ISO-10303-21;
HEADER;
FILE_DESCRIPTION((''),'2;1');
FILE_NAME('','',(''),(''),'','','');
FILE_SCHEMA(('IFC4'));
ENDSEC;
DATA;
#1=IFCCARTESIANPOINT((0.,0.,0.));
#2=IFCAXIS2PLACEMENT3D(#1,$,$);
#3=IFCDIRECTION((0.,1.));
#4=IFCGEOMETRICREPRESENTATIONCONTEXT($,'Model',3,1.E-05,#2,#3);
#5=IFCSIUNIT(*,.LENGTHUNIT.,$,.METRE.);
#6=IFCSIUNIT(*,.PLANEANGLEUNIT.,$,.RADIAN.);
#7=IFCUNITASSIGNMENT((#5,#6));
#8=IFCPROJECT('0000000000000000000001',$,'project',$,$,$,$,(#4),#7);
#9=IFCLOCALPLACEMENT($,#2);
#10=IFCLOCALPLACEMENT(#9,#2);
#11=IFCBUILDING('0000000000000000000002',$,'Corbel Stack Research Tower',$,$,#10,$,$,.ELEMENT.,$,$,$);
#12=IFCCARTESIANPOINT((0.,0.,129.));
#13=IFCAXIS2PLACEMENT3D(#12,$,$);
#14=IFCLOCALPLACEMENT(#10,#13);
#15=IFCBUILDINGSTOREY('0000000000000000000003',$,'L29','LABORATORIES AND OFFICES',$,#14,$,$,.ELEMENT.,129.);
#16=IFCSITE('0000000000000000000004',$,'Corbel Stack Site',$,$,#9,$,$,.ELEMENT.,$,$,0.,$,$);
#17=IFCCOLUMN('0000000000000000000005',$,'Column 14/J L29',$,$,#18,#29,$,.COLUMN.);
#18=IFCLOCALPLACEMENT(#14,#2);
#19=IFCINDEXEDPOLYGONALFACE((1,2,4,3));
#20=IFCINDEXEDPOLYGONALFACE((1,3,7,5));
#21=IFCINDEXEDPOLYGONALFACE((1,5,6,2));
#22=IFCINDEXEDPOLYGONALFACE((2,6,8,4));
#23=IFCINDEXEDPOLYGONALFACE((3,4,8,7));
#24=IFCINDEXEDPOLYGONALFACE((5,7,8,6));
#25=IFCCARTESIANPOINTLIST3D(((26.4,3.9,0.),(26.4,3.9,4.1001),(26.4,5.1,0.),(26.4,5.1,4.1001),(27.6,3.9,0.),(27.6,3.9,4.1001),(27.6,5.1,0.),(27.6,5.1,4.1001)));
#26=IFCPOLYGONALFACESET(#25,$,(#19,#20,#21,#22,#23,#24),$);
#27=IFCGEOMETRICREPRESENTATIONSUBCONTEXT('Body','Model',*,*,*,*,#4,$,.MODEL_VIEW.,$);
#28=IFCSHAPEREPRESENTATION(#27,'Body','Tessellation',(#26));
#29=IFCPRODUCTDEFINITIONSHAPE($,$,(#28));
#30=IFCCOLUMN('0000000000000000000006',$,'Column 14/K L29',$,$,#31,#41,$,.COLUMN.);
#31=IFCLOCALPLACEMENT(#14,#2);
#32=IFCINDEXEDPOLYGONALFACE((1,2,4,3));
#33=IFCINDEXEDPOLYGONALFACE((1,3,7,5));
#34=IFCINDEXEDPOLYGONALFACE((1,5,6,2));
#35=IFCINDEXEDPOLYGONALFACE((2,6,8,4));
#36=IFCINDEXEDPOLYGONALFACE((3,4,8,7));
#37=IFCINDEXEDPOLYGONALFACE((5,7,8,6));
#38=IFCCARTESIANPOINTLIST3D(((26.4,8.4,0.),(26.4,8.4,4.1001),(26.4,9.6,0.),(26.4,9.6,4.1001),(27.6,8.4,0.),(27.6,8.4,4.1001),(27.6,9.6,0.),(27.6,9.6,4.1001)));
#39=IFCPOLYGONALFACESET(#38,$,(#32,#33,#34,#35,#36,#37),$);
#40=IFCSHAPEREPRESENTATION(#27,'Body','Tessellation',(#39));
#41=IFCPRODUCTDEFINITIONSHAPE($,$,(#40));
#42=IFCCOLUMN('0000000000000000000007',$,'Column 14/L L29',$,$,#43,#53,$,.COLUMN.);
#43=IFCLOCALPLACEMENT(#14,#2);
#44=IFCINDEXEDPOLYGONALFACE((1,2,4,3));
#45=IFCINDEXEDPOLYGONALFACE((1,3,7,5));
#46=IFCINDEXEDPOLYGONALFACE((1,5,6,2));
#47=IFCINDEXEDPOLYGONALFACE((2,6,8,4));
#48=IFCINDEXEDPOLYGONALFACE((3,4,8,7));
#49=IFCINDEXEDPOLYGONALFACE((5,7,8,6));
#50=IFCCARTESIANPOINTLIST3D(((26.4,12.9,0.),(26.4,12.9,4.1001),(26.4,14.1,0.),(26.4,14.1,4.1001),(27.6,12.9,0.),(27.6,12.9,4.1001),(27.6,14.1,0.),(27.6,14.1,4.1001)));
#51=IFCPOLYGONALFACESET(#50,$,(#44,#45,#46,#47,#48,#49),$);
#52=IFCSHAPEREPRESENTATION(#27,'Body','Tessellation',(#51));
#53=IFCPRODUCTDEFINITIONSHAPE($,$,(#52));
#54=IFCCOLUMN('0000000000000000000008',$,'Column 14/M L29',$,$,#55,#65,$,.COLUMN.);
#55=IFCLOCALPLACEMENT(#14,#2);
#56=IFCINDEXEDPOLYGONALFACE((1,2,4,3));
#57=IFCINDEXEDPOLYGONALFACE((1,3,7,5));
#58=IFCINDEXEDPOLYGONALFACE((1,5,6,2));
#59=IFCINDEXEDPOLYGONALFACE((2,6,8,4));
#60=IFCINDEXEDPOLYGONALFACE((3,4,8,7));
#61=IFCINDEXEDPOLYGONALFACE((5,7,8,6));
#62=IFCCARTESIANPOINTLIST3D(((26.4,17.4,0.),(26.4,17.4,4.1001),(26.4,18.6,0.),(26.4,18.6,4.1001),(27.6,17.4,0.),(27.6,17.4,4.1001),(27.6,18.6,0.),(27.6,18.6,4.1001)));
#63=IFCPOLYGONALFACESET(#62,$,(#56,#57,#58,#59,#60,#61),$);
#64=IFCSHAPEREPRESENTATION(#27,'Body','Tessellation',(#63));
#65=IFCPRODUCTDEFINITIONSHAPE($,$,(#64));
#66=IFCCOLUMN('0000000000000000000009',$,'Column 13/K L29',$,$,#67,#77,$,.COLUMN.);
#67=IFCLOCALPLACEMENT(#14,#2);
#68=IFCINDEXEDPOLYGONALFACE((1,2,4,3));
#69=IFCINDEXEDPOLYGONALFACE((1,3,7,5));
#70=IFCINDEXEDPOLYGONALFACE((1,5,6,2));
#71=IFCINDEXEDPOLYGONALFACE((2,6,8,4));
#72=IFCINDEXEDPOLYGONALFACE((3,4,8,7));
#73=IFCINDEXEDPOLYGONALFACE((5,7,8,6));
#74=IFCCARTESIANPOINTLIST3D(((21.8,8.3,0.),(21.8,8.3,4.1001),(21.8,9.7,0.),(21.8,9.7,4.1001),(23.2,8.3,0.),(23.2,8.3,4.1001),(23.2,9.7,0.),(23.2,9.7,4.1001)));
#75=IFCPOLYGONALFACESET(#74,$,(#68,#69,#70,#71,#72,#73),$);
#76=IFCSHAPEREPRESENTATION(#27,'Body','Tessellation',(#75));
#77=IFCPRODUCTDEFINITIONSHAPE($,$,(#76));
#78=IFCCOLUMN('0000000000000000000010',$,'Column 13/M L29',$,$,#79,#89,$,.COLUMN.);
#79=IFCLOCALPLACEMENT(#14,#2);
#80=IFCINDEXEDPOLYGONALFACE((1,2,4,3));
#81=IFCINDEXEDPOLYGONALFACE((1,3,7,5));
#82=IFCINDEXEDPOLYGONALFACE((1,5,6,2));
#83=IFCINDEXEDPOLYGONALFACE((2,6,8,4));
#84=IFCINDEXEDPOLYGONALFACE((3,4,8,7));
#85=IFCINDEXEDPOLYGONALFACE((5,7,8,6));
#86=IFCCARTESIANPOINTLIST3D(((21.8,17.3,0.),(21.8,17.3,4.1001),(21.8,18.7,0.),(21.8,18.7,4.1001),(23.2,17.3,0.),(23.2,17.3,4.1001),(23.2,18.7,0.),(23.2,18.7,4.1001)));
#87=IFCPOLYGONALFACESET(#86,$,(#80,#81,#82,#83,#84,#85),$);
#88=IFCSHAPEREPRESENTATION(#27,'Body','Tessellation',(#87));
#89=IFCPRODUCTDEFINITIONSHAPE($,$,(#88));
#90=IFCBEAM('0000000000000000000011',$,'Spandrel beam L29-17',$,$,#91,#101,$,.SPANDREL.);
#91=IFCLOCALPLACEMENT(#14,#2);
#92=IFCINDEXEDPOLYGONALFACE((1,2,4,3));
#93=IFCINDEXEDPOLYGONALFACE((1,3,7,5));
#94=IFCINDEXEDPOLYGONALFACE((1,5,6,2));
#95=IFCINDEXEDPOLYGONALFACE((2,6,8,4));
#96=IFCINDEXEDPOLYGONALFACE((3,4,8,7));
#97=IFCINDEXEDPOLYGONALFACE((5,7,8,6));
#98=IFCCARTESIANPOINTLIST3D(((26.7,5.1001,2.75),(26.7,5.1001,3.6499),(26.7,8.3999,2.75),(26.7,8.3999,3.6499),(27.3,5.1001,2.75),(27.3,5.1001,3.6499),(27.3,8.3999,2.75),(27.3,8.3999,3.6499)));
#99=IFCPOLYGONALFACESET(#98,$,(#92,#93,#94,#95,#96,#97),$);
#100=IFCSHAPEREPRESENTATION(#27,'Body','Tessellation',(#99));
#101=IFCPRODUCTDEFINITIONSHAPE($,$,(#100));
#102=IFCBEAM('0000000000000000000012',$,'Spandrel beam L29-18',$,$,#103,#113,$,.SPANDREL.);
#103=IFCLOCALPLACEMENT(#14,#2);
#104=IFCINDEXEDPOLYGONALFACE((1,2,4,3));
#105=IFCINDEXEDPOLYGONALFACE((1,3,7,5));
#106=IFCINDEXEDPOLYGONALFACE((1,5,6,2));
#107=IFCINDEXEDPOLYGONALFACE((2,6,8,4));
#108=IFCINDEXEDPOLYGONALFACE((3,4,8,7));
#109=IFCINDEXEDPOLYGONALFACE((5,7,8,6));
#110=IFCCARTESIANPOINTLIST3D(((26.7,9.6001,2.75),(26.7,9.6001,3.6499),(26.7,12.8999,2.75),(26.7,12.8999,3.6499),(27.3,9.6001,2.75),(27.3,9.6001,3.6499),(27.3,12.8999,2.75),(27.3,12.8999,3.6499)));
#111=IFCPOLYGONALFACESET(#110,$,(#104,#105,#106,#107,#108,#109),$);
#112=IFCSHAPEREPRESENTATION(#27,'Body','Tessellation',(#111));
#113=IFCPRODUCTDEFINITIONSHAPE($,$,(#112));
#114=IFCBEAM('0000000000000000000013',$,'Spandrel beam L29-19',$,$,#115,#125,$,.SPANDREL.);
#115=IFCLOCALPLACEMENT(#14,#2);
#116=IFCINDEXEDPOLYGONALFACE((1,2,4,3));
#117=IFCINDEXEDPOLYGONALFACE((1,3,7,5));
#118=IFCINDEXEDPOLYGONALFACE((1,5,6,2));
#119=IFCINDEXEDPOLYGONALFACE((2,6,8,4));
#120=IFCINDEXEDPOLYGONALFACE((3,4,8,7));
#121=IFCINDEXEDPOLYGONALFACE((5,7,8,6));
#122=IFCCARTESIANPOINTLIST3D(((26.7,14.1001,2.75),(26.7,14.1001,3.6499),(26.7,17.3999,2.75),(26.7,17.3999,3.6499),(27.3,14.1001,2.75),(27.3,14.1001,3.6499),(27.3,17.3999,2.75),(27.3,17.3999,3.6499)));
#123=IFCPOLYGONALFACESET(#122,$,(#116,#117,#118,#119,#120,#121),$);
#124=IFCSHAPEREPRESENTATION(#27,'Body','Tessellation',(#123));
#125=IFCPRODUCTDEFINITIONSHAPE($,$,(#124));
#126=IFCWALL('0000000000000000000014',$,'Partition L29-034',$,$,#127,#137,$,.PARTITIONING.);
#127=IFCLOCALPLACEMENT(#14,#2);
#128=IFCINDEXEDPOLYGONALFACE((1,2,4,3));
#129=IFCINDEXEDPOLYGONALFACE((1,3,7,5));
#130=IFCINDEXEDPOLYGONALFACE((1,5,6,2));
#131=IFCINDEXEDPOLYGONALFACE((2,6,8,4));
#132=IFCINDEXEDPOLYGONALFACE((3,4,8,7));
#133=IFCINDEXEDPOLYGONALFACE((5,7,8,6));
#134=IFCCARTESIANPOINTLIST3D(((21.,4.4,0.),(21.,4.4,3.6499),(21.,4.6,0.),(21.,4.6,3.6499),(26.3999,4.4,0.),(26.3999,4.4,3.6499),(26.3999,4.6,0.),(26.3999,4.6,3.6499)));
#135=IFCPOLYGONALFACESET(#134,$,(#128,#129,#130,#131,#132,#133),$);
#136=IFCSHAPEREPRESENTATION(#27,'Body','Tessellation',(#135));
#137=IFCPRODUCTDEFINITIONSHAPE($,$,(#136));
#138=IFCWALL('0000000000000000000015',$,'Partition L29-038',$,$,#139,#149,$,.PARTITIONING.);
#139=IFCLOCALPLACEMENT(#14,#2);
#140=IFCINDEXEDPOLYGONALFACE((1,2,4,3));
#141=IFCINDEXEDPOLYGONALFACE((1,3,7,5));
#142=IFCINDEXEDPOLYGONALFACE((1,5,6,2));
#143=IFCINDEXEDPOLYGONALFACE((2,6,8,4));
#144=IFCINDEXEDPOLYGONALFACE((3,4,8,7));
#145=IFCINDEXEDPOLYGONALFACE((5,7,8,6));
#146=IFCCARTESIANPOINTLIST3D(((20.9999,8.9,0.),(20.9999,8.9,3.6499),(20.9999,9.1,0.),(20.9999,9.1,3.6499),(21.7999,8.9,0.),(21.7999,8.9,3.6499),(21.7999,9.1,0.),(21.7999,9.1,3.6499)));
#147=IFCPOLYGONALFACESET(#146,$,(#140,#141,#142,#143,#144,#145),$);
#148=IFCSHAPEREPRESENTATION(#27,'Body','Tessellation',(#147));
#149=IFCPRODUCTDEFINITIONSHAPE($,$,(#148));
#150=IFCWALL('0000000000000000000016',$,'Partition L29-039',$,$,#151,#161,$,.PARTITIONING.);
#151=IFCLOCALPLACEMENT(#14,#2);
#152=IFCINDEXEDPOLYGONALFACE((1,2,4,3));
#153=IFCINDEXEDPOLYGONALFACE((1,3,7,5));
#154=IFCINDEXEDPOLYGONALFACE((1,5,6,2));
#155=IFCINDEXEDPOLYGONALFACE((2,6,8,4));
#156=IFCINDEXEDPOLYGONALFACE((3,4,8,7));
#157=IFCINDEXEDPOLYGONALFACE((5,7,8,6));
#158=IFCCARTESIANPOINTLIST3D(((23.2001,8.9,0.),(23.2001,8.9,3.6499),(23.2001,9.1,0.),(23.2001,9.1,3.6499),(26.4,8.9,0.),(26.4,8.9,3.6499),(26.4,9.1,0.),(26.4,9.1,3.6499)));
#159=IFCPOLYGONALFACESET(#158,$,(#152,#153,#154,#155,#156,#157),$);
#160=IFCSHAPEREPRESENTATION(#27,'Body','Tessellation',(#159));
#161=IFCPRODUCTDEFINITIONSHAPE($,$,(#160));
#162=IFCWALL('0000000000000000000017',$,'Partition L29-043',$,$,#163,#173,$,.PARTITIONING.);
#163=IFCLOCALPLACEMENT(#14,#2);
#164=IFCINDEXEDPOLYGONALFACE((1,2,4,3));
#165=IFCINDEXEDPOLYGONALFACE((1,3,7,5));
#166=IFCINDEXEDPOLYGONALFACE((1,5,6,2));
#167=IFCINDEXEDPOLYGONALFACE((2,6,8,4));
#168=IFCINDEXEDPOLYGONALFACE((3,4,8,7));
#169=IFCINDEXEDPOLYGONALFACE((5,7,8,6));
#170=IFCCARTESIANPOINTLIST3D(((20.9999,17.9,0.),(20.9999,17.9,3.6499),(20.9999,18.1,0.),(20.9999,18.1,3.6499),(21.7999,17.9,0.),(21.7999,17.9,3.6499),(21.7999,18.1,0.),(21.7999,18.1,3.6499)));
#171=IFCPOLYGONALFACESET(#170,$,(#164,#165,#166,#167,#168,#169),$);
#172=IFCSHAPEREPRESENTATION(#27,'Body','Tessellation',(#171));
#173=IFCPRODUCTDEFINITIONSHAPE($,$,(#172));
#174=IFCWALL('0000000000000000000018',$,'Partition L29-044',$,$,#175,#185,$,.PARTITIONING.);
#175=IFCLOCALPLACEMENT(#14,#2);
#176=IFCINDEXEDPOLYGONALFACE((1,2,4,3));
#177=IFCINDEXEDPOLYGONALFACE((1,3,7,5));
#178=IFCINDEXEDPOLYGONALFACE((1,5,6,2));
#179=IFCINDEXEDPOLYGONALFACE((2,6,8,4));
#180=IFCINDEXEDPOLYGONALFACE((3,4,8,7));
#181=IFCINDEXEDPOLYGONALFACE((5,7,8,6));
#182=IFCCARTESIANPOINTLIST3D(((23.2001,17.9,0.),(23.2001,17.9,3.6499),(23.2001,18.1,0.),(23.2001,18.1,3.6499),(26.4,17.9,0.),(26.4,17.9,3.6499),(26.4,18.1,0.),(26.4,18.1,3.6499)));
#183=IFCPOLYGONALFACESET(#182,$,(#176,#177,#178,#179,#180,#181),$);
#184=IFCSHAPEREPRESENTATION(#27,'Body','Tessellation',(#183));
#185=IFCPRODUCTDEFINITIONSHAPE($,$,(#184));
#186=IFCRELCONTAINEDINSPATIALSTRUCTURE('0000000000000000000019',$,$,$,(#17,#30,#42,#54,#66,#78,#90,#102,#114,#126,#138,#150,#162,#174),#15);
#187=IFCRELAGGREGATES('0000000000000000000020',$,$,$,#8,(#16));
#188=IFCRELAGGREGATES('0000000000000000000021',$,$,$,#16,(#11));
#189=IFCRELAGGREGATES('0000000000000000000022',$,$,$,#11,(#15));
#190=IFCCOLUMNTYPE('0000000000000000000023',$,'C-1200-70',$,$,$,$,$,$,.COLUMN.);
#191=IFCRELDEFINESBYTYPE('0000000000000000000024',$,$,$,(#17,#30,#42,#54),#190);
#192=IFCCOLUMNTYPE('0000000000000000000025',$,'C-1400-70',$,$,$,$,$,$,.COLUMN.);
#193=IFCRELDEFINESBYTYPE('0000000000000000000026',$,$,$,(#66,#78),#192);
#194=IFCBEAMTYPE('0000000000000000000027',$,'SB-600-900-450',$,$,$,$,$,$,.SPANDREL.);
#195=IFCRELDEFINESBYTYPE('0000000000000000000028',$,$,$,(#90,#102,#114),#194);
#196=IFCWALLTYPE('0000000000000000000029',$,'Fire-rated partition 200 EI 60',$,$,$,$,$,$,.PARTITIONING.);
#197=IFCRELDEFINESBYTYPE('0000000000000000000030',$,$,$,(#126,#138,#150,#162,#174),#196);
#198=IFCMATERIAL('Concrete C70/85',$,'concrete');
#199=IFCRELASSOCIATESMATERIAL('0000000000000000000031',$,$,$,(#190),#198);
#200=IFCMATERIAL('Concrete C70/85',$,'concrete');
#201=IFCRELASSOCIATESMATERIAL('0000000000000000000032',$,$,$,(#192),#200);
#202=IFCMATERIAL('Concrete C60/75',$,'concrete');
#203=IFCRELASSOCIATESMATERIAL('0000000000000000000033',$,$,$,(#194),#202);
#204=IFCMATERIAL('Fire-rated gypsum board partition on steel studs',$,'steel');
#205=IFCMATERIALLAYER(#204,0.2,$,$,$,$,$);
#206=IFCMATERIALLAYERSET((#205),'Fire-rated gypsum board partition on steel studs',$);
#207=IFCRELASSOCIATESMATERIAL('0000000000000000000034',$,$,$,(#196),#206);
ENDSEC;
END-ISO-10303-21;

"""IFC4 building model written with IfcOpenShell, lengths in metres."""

from ifc_helpers import new_model, si_unit, direction, frame, frame_2d, origin, origin_2d, place, context, subcontext, project, spatial, rectangle, extrude, material, layer, layer_set, material_profile, profile_set, type_object, element, save


model = new_model("IFC4")

# Units and contexts
model_context = context("Model", 3, precision=1e-05, world=origin(), true_north=direction((0.0, 1.0)))
body_context = subcontext(model_context, "Body", "Model", "MODEL_VIEW")
ifc_project = project(units=[si_unit("LENGTHUNIT", "METRE"), si_unit("PLANEANGLEUNIT", "RADIAN")], contexts=[model_context])

# Site, building, storey
site_placement = place(None, origin())
site = spatial("IfcSite", under=ifc_project, at=site_placement, Name="Corbel Stack Site", CompositionType="ELEMENT", RefElevation=0.0)
building_placement = place(site_placement, origin())
building = spatial("IfcBuilding", under=site, at=building_placement, Name="Corbel Stack Research Tower", CompositionType="ELEMENT")
storey_placement = place(building_placement, frame((0.0, 0.0, 129.0)))
storey = spatial("IfcBuildingStorey", under=building, at=storey_placement, Name="L29", Description="LABORATORIES AND OFFICES", CompositionType="ELEMENT", Elevation=129.0)

# Columns
ifc_material_1 = material(Name="Concrete C70/85", Category="concrete")
ifc_material_profile_1 = material_profile(ifc_material_1, rectangle(XDim=1.2, YDim=1.2, at=origin_2d()), Name="RC 1200 x 1200")
ifc_profile_set_1 = profile_set([ifc_material_profile_1], Name="Concrete C70/85")
column_type_1 = type_object("IfcColumnType", Name="C-1200-70", PredefinedType="COLUMN", material=ifc_profile_set_1)
for number, where, z_axis, x_axis, name in (
    (1, (27.0, 4.5, 0.0), (0.0, 0.0, 1.0), (1.0, 0.0, 0.0), "Column 14/J L29"),
    (2, (27.0, 9.0, 0.0), (0.0, 0.0, 1.0), (1.0, 0.0, 0.0), "Column 14/K L29"),
    (3, (27.0, 13.5, 0.0), (0.0, 0.0, 1.0), (1.0, 0.0, 0.0), "Column 14/L L29"),
    (4, (27.0, 18.0, 0.0), (0.0, 0.0, 1.0), (1.0, 0.0, 0.0), "Column 14/M L29"),
):
    element("IfcColumn", number, at=place(storey_placement, frame(where, z_axis=z_axis, x_axis=x_axis)), inside=storey, type_object=column_type_1, Name=name, PredefinedType="COLUMN", context=body_context, shape_type="SweptSolid", body=[
        extrude(rectangle(XDim=1.2, YDim=1.2, at=origin_2d()), origin(), (0.0, 0.0, 1.0), 4.1001),
    ])
ifc_material_2 = material(Name="Concrete C70/85", Category="concrete")
ifc_material_profile_2 = material_profile(ifc_material_2, rectangle(XDim=1.3999, YDim=1.3999, at=origin_2d()), Name="RC 1400 x 1400")
ifc_profile_set_2 = profile_set([ifc_material_profile_2], Name="Concrete C70/85")
column_type_2 = type_object("IfcColumnType", Name="C-1400-70", PredefinedType="COLUMN", material=ifc_profile_set_2)
for number, where, z_axis, x_axis, name in (
    (5, (22.5, 9.0, 0.0), (0.0, 0.0, 1.0), (1.0, 0.0, 0.0), "Column 13/K L29"),
    (6, (22.5, 18.0, 0.0), (0.0, 0.0, 1.0), (1.0, 0.0, 0.0), "Column 13/M L29"),
):
    element("IfcColumn", number, at=place(storey_placement, frame(where, z_axis=z_axis, x_axis=x_axis)), inside=storey, type_object=column_type_2, Name=name, PredefinedType="COLUMN", context=body_context, shape_type="SweptSolid", body=[
        extrude(rectangle(XDim=1.3999, YDim=1.3999, at=origin_2d()), origin(), (0.0, 0.0, 1.0), 4.1001),
    ])

# Beams
ifc_material_3 = material(Name="Concrete C60/75", Category="concrete")
ifc_material_profile_3 = material_profile(ifc_material_3, rectangle(XDim=0.6001, YDim=0.8999, at=origin_2d()), Name="RC 600 x 900")
ifc_profile_set_3 = profile_set([ifc_material_profile_3], Name="Concrete C60/75")
beam_type = type_object("IfcBeamType", Name="SB-600-900-450", PredefinedType="SPANDREL", material=ifc_profile_set_3)
for number, where, z_axis, x_axis, name in (
    (7, (27.0, 5.1001, 3.2), (0.0, 1.0, 0.0), (-1.0, 0.0, 0.0), "Spandrel beam L29-17"),
    (8, (27.0, 9.6001, 3.2), (0.0, 1.0, 0.0), (-1.0, 0.0, 0.0), "Spandrel beam L29-18"),
    (9, (27.0, 14.1001, 3.2), (0.0, 1.0, 0.0), (-1.0, 0.0, 0.0), "Spandrel beam L29-19"),
):
    element("IfcBeam", number, at=place(storey_placement, frame(where, z_axis=z_axis, x_axis=x_axis)), inside=storey, type_object=beam_type, Name=name, PredefinedType="SPANDREL", context=body_context, shape_type="SweptSolid", body=[
        extrude(rectangle(XDim=0.6001, YDim=0.8999, at=origin_2d()), origin(), (0.0, 0.0, 1.0), 3.2998),
    ])

# Walls
ifc_material_4 = material(Name="Fire-rated gypsum board partition on steel studs", Category="steel")
ifc_layer_1 = layer(ifc_material_4, 0.2)
ifc_layer_set_1 = layer_set([ifc_layer_1], Name="Fire-rated gypsum board partition on steel studs")
wall_type_1 = type_object("IfcWallType", Name="Fire-rated partition 200 EI 60", PredefinedType="PARTITIONING", material=ifc_layer_set_1)
wall_1_placement = place(storey_placement, frame((21.0, 4.5, 0.0), z_axis=(0.0, 0.0, 1.0), x_axis=(1.0, 0.0, 0.0)))
element("IfcWall", 10, at=wall_1_placement, inside=storey, type_object=wall_type_1, Name="Partition L29-034", PredefinedType="PARTITIONING", context=body_context, shape_type="SweptSolid", body=[
    extrude(rectangle(XDim=5.3999, YDim=0.2, at=frame_2d((2.7, 0.0))), origin(), (0.0, 0.0, 1.0), 3.6499),
])
wall_2_placement = place(storey_placement, frame((21.0, 9.0, 0.0), z_axis=(0.0, 0.0, 1.0), x_axis=(1.0, 0.0, 0.0)))
element("IfcWall", 11, at=wall_2_placement, inside=storey, type_object=wall_type_1, Name="Partition L29-038", PredefinedType="PARTITIONING", context=body_context, shape_type="SweptSolid", body=[
    extrude(rectangle(XDim=0.8, YDim=0.2, at=frame_2d((0.3999, 0.0))), origin(), (0.0, 0.0, 1.0), 3.6499),
])
wall_3_placement = place(storey_placement, frame((23.2, 9.0, 0.0), z_axis=(0.0, 0.0, 1.0), x_axis=(1.0, 0.0, 0.0)))
element("IfcWall", 12, at=wall_3_placement, inside=storey, type_object=wall_type_1, Name="Partition L29-039", PredefinedType="PARTITIONING", context=body_context, shape_type="SweptSolid", body=[
    extrude(rectangle(XDim=3.2, YDim=0.2, at=frame_2d((1.6001, 0.0))), origin(), (0.0, 0.0, 1.0), 3.6499),
])
wall_4_placement = place(storey_placement, frame((21.0, 18.0, 0.0), z_axis=(0.0, 0.0, 1.0), x_axis=(1.0, 0.0, 0.0)))
element("IfcWall", 13, at=wall_4_placement, inside=storey, type_object=wall_type_1, Name="Partition L29-043", PredefinedType="PARTITIONING", context=body_context, shape_type="SweptSolid", body=[
    extrude(rectangle(XDim=0.8, YDim=0.2, at=frame_2d((0.3999, 0.0))), origin(), (0.0, 0.0, 1.0), 3.6499),
])
wall_5_placement = place(storey_placement, frame((23.2, 18.0, 0.0), z_axis=(0.0, 0.0, 1.0), x_axis=(1.0, 0.0, 0.0)))
element("IfcWall", 14, at=wall_5_placement, inside=storey, type_object=wall_type_1, Name="Partition L29-044", PredefinedType="PARTITIONING", context=body_context, shape_type="SweptSolid", body=[
    extrude(rectangle(XDim=3.2, YDim=0.2, at=frame_2d((1.6001, 0.0))), origin(), (0.0, 0.0, 1.0), 3.6499),
])

save(model, "model.ifc")
